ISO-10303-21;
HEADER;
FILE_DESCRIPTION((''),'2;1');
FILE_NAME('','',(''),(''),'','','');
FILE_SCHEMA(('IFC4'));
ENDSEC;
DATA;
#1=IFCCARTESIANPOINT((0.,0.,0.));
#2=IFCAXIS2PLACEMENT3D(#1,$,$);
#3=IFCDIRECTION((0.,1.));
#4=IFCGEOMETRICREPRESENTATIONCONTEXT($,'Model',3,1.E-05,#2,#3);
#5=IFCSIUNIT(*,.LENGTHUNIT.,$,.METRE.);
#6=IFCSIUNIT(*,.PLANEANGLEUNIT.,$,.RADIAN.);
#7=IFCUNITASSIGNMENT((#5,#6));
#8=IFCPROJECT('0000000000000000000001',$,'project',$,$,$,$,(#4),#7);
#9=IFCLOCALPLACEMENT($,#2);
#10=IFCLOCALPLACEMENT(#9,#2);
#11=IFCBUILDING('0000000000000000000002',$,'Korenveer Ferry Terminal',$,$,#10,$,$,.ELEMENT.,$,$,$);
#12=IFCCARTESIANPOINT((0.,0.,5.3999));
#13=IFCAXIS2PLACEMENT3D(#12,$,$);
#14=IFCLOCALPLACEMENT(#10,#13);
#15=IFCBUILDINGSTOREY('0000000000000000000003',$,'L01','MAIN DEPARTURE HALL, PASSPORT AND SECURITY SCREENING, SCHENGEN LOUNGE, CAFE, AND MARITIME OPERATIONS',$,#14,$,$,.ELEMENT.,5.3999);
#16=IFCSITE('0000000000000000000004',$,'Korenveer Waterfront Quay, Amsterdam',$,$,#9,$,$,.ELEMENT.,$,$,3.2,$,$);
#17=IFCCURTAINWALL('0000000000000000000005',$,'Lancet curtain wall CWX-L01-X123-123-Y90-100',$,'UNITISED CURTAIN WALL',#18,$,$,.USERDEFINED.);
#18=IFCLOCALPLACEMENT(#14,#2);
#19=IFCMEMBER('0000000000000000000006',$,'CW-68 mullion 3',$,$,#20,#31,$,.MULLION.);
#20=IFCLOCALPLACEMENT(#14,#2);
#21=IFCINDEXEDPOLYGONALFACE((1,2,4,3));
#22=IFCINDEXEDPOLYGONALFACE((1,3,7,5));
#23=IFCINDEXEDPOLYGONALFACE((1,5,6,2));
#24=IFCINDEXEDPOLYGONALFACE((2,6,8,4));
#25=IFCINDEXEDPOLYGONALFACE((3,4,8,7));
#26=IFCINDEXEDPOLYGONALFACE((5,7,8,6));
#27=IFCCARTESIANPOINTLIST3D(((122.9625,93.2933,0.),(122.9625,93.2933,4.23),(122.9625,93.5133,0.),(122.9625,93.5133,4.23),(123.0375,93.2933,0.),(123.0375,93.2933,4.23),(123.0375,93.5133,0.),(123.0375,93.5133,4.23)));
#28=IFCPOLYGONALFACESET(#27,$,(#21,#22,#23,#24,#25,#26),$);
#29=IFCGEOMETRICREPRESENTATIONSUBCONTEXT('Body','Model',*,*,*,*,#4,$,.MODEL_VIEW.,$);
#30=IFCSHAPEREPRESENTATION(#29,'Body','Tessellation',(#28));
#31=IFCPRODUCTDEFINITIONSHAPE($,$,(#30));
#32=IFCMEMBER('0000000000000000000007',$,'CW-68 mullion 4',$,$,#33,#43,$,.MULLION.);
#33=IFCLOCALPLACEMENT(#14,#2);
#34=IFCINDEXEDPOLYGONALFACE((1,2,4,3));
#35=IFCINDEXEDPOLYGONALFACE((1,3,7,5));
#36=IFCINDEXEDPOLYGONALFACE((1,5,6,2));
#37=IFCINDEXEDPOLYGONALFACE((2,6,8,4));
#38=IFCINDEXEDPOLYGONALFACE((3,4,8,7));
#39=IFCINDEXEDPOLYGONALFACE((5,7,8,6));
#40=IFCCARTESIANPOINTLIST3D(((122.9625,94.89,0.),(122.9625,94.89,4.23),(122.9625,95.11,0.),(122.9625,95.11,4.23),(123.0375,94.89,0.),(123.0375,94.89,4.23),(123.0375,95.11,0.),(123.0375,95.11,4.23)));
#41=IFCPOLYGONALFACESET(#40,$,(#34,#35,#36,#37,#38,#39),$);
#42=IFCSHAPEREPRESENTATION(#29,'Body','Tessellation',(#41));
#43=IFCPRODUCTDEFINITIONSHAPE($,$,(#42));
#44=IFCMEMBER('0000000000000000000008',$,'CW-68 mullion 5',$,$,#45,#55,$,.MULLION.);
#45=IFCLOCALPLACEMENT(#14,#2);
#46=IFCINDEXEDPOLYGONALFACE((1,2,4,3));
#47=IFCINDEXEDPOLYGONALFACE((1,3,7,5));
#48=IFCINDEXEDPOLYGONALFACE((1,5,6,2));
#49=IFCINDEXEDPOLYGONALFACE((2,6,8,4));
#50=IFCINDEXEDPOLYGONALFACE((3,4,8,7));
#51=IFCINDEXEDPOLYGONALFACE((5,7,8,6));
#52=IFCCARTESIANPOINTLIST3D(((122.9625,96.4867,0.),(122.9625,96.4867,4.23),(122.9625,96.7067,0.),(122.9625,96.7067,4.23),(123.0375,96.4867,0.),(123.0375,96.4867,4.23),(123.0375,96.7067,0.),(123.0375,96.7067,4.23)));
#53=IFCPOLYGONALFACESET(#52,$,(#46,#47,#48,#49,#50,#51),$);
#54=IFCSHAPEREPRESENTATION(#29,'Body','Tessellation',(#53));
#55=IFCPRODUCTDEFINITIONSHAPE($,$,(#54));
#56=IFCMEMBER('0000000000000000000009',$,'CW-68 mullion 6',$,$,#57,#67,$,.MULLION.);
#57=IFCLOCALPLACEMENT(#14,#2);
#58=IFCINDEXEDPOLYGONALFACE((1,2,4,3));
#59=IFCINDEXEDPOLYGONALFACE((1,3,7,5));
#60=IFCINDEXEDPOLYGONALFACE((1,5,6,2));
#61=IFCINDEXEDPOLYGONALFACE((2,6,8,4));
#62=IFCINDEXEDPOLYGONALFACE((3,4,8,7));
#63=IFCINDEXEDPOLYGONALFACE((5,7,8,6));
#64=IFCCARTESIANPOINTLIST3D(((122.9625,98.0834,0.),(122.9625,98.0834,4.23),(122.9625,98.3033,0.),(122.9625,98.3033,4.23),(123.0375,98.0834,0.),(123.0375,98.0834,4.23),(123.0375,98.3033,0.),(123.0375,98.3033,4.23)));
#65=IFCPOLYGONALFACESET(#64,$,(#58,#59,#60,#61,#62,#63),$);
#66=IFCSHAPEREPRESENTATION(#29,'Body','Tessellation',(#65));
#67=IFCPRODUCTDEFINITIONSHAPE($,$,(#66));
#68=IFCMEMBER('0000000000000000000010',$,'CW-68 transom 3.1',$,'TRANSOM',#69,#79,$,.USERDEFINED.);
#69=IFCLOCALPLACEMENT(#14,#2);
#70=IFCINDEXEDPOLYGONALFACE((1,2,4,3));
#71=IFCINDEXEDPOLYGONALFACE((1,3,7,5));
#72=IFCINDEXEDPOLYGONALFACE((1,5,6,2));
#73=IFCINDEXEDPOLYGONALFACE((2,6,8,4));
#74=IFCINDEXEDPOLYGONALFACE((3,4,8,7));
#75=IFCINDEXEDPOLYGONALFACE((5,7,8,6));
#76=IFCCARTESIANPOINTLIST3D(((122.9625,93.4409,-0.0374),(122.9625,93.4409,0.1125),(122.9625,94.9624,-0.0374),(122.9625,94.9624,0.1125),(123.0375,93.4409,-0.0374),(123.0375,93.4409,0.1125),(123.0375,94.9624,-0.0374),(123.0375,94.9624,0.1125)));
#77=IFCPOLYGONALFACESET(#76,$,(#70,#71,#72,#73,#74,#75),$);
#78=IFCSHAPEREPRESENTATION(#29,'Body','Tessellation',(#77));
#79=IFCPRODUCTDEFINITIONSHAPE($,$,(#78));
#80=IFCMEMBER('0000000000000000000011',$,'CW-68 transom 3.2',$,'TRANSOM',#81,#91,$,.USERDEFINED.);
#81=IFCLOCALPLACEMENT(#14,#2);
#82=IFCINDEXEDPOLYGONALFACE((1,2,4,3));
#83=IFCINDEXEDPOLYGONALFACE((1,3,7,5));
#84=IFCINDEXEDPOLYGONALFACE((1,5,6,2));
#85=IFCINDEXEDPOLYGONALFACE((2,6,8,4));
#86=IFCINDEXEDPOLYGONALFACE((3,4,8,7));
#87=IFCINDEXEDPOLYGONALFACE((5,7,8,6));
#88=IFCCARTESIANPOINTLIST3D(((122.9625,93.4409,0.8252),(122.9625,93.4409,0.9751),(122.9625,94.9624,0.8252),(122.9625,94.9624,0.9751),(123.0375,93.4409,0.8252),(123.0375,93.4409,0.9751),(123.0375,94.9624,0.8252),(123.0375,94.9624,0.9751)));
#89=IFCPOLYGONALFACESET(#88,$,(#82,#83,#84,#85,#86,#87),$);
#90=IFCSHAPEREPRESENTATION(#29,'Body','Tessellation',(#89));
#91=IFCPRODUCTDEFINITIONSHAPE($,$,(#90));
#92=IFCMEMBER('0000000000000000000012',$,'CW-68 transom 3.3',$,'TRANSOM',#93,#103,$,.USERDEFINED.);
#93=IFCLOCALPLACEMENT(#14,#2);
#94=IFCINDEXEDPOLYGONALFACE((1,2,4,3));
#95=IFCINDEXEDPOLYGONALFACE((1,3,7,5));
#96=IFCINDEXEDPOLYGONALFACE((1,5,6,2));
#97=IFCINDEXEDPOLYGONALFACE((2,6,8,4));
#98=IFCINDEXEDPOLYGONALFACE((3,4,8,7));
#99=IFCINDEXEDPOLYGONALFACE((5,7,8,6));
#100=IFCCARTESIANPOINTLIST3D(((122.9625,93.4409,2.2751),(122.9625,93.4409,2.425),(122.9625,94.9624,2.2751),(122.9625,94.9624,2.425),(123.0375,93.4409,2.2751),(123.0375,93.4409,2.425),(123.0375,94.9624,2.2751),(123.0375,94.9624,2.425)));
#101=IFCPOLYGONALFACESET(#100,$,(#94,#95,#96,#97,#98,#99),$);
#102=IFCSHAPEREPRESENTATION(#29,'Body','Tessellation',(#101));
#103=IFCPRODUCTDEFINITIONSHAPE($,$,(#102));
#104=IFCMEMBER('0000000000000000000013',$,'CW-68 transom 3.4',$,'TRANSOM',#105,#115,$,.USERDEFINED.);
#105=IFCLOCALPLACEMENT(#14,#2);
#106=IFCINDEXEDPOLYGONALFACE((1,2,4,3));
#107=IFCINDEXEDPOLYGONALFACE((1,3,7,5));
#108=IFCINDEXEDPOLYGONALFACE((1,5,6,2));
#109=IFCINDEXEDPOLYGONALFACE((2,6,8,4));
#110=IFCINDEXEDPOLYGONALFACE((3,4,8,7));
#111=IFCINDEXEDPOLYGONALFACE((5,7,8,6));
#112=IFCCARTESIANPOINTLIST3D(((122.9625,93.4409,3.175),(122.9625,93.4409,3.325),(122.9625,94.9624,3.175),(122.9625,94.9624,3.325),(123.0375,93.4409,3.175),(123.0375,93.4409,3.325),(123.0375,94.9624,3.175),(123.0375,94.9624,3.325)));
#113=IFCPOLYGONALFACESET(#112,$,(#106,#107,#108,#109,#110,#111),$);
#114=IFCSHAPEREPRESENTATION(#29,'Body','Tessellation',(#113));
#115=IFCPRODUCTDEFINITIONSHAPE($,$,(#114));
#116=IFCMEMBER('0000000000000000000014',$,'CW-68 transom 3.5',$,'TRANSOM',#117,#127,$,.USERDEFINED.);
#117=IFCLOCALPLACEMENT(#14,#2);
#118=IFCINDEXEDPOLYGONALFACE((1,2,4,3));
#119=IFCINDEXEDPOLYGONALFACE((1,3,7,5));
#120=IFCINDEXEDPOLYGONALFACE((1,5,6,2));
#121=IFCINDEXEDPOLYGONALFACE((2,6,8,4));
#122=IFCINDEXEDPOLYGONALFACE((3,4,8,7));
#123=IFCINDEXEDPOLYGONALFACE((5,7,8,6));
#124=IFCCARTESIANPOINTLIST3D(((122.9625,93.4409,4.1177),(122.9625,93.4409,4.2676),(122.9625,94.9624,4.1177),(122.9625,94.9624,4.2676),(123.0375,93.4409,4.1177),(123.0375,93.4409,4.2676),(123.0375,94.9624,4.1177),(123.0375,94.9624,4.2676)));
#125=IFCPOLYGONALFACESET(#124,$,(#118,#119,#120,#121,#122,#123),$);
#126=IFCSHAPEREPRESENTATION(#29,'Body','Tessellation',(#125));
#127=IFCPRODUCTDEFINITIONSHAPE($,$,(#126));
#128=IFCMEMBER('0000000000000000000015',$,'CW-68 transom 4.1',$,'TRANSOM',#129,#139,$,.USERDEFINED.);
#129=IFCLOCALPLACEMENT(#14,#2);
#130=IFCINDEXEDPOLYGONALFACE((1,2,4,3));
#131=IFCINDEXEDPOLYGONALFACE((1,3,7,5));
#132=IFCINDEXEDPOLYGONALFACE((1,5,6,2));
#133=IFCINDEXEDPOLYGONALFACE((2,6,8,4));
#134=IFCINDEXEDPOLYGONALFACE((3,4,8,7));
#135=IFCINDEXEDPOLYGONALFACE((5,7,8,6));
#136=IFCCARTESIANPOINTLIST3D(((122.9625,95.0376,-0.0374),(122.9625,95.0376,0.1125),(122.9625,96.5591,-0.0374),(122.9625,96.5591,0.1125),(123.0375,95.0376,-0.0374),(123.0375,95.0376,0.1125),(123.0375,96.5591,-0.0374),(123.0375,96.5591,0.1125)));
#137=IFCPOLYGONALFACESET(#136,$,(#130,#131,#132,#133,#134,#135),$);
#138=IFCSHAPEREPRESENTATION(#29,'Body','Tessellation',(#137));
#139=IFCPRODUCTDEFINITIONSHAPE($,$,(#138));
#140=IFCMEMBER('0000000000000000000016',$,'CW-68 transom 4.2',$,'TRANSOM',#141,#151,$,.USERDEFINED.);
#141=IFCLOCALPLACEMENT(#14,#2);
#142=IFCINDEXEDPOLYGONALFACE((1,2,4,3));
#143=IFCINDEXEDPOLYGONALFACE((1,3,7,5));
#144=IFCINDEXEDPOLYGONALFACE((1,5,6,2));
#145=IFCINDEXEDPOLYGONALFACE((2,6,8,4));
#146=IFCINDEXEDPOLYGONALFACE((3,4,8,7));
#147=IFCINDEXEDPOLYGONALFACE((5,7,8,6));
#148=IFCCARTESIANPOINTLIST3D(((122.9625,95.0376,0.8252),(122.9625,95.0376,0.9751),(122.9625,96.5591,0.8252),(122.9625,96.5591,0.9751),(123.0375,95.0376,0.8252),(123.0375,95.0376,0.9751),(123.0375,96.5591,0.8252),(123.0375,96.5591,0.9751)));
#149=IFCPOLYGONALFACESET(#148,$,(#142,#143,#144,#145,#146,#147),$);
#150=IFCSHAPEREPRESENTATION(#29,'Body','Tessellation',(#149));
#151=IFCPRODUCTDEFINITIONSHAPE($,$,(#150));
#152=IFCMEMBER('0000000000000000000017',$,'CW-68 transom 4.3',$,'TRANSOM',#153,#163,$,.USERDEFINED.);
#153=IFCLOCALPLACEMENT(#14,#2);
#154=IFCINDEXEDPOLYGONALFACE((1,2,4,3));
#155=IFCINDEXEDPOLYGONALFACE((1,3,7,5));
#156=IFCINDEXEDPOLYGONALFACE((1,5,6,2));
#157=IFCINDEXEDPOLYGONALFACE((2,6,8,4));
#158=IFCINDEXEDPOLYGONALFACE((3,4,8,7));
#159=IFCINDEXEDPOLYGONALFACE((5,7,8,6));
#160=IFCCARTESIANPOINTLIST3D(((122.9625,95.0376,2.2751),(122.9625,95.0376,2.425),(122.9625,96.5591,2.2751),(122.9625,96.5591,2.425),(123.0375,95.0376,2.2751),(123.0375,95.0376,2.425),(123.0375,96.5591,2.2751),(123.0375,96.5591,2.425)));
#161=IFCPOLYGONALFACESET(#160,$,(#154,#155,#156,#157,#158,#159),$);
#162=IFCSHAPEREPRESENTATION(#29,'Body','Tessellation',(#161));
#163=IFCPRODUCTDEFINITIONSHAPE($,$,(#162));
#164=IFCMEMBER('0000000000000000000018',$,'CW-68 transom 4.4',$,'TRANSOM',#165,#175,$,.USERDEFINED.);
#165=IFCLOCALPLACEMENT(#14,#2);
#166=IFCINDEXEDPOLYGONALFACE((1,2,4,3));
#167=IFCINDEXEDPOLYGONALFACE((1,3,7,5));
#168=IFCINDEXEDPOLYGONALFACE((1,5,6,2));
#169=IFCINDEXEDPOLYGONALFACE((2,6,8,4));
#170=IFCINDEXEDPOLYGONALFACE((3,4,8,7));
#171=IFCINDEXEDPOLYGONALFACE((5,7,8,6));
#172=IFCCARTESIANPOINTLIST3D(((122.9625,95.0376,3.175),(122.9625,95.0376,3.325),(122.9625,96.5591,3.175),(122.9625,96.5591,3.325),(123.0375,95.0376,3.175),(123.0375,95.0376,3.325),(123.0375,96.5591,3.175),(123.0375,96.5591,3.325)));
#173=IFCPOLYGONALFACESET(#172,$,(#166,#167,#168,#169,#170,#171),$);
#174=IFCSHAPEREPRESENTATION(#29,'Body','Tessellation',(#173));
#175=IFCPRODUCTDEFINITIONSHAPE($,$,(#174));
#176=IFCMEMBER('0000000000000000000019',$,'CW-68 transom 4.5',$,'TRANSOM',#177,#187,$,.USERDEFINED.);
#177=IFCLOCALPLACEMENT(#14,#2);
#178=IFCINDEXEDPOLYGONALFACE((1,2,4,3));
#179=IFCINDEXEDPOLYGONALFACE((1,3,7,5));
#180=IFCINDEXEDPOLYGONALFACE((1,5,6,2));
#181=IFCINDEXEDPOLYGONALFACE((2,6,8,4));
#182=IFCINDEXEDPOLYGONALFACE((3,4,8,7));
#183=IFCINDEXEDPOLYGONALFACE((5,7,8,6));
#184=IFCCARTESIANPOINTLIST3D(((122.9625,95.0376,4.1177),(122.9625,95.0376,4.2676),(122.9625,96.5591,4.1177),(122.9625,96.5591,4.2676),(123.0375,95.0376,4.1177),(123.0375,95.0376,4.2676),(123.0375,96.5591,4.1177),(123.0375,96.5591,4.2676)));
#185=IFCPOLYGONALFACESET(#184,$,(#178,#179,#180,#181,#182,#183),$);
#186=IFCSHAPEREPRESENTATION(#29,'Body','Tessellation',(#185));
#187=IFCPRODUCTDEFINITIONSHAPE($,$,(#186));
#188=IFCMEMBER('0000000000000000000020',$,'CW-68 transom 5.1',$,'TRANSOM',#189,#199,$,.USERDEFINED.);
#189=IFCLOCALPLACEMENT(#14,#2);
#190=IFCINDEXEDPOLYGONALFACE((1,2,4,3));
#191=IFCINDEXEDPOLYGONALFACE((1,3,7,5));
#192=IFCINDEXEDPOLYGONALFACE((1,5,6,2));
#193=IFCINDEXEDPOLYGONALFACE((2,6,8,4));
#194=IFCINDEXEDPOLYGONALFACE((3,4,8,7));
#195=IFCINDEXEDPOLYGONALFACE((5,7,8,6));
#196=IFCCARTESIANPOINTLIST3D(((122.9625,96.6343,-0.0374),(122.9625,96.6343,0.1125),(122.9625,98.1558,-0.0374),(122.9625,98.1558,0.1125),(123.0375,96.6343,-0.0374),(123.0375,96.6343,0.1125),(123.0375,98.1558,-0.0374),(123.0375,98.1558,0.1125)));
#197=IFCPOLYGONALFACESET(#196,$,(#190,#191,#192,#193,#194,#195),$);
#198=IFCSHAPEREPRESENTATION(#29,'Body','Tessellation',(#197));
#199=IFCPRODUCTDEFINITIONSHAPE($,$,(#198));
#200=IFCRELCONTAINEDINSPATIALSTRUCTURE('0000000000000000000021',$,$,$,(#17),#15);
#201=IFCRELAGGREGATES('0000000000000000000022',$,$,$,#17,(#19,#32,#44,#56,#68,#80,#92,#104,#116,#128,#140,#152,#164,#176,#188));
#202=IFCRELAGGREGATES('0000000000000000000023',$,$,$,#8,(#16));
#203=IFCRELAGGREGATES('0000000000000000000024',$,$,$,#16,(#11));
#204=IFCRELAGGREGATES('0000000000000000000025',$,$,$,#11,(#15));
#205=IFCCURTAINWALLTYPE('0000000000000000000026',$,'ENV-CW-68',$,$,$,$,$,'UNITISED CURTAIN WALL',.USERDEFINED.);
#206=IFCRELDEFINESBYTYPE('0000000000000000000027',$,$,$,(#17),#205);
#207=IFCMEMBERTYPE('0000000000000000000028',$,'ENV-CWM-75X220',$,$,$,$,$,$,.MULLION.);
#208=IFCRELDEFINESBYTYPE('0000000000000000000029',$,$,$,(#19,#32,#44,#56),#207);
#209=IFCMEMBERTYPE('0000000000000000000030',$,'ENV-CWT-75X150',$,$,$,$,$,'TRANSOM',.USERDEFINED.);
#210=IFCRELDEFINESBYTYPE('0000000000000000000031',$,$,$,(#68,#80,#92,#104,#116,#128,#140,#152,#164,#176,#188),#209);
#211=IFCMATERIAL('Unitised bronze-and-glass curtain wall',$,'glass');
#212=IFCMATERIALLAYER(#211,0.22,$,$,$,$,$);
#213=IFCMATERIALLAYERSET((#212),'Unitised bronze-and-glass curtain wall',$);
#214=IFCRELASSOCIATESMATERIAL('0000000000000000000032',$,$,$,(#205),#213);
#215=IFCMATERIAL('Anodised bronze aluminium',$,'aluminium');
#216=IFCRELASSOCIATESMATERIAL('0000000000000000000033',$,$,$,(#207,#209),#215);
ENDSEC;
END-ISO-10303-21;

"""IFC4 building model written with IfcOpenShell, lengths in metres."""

from ifc_helpers import new_model, si_unit, direction, frame, origin, origin_2d, place, context, subcontext, project, spatial, rectangle, extrude, material, layer, layer_set, material_profile, profile_set, type_object, element, aggregate, save


model = new_model("IFC4")

# Units and contexts
model_context = context("Model", 3, precision=1e-05, world=origin(), true_north=direction((0.0, 1.0)))
body_context = subcontext(model_context, "Body", "Model", "MODEL_VIEW")
ifc_project = project(units=[si_unit("LENGTHUNIT", "METRE"), si_unit("PLANEANGLEUNIT", "RADIAN")], contexts=[model_context])

# Site, building, storey
site_placement = place(None, origin())
site = spatial("IfcSite", under=ifc_project, at=site_placement, Name="Korenveer Waterfront Quay, Amsterdam", CompositionType="ELEMENT", RefElevation=3.2)
building_placement = place(site_placement, origin())
building = spatial("IfcBuilding", under=site, at=building_placement, Name="Korenveer Ferry Terminal", CompositionType="ELEMENT")
storey_placement = place(building_placement, frame((0.0, 0.0, 5.3999)))
storey = spatial("IfcBuildingStorey", under=building, at=storey_placement, Name="L01", Description="MAIN DEPARTURE HALL, PASSPORT AND SECURITY SCREENING, SCHENGEN LOUNGE, CAFE, AND MARITIME OPERATIONS", CompositionType="ELEMENT", Elevation=5.3999)

# Curtain wall, members
ifc_material_1 = material(Name="Unitised bronze-and-glass curtain wall", Category="glass")
ifc_layer_1 = layer(ifc_material_1, 0.22)
ifc_layer_set_1 = layer_set([ifc_layer_1], Name="Unitised bronze-and-glass curtain wall")
curtain_wall_type = type_object("IfcCurtainWallType", Name="ENV-CW-68", ElementType="UNITISED CURTAIN WALL", PredefinedType="USERDEFINED", material=ifc_layer_set_1)
curtain_wall_placement = place(storey_placement, frame((123.0, 90.21, 0.0)))
curtain_wall = element("IfcCurtainWall", 1, at=curtain_wall_placement, inside=storey, type_object=curtain_wall_type, Name="Lancet curtain wall CWX-L01-X123-123-Y90-100", ObjectType="UNITISED CURTAIN WALL", PredefinedType="USERDEFINED")
ifc_material_2 = material(Name="Anodised bronze aluminium", Category="aluminium")
ifc_material_profile_1 = material_profile(ifc_material_2, rectangle(XDim=0.075, YDim=0.22, at=origin_2d()), Name="ALU 75x220")
ifc_profile_set_1 = profile_set([ifc_material_profile_1], Name="Anodised bronze aluminium")
member_type_1 = type_object("IfcMemberType", Name="ENV-CWM-75X220", PredefinedType="MULLION", material=ifc_profile_set_1)
member_1_placement = place(storey_placement, frame((123.0, 93.4033, 0.0), z_axis=(0.0, 0.0, 1.0), x_axis=(-1.0, 0.0, 0.0)))
member_1 = element("IfcMember", 2, at=member_1_placement, type_object=member_type_1, Name="CW-68 mullion 3", PredefinedType="MULLION", context=body_context, shape_type="SweptSolid", body=[
    extrude(rectangle(XDim=0.075, YDim=0.22, at=origin_2d()), origin(), (0.0, 0.0, 1.0), 4.23),
])
member_2_placement = place(storey_placement, frame((123.0, 95.0, 0.0), z_axis=(0.0, 0.0, 1.0), x_axis=(-1.0, 0.0, 0.0)))
member_2 = element("IfcMember", 3, at=member_2_placement, type_object=member_type_1, Name="CW-68 mullion 4", PredefinedType="MULLION", context=body_context, shape_type="SweptSolid", body=[
    extrude(rectangle(XDim=0.075, YDim=0.22, at=origin_2d()), origin(), (0.0, 0.0, 1.0), 4.23),
])
member_3_placement = place(storey_placement, frame((123.0, 96.5967, 0.0), z_axis=(0.0, 0.0, 1.0), x_axis=(-1.0, 0.0, 0.0)))
member_3 = element("IfcMember", 4, at=member_3_placement, type_object=member_type_1, Name="CW-68 mullion 5", PredefinedType="MULLION", context=body_context, shape_type="SweptSolid", body=[
    extrude(rectangle(XDim=0.075, YDim=0.22, at=origin_2d()), origin(), (0.0, 0.0, 1.0), 4.23),
])
member_4_placement = place(storey_placement, frame((123.0, 98.1934, 0.0), z_axis=(0.0, 0.0, 1.0), x_axis=(-1.0, 0.0, 0.0)))
member_4 = element("IfcMember", 5, at=member_4_placement, type_object=member_type_1, Name="CW-68 mullion 6", PredefinedType="MULLION", context=body_context, shape_type="SweptSolid", body=[
    extrude(rectangle(XDim=0.075, YDim=0.22, at=origin_2d()), origin(), (0.0, 0.0, 1.0), 4.23),
])
ifc_material_profile_2 = material_profile(ifc_material_2, rectangle(XDim=0.075, YDim=0.1499, at=origin_2d()), Name="ALU 75x150")
ifc_profile_set_2 = profile_set([ifc_material_profile_2], Name="Anodised bronze aluminium")
member_type_2 = type_object("IfcMemberType", Name="ENV-CWT-75X150", ElementType="TRANSOM", PredefinedType="USERDEFINED", material=ifc_profile_set_2)
member_5_placement = place(storey_placement, frame((123.0, 93.4409, 0.0376), z_axis=(0.0, 1.0, 0.0), x_axis=(-1.0, 0.0, 0.0)))
member_5 = element("IfcMember", 6, at=member_5_placement, type_object=member_type_2, Name="CW-68 transom 3.1", ObjectType="TRANSOM", PredefinedType="USERDEFINED", context=body_context, shape_type="SweptSolid", body=[
    extrude(rectangle(XDim=0.075, YDim=0.1499, at=origin_2d()), origin(), (0.0, 0.0, 1.0), 1.5215),
])
member_6_placement = place(storey_placement, frame((123.0, 93.4409, 0.9001), z_axis=(0.0, 1.0, 0.0), x_axis=(-1.0, 0.0, 0.0)))
member_6 = element("IfcMember", 7, at=member_6_placement, type_object=member_type_2, Name="CW-68 transom 3.2", ObjectType="TRANSOM", PredefinedType="USERDEFINED", context=body_context, shape_type="SweptSolid", body=[
    extrude(rectangle(XDim=0.075, YDim=0.1499, at=origin_2d()), origin(), (0.0, 0.0, 1.0), 1.5215),
])
member_7_placement = place(storey_placement, frame((123.0, 93.4409, 2.3501), z_axis=(0.0, 1.0, 0.0), x_axis=(-1.0, 0.0, 0.0)))
member_7 = element("IfcMember", 8, at=member_7_placement, type_object=member_type_2, Name="CW-68 transom 3.3", ObjectType="TRANSOM", PredefinedType="USERDEFINED", context=body_context, shape_type="SweptSolid", body=[
    extrude(rectangle(XDim=0.075, YDim=0.1499, at=origin_2d()), origin(), (0.0, 0.0, 1.0), 1.5215),
])
member_8_placement = place(storey_placement, frame((123.0, 93.4409, 3.25), z_axis=(0.0, 1.0, 0.0), x_axis=(-1.0, 0.0, 0.0)))
member_8 = element("IfcMember", 9, at=member_8_placement, type_object=member_type_2, Name="CW-68 transom 3.4", ObjectType="TRANSOM", PredefinedType="USERDEFINED", context=body_context, shape_type="SweptSolid", body=[
    extrude(rectangle(XDim=0.075, YDim=0.1499, at=origin_2d()), origin(), (0.0, 0.0, 1.0), 1.5215),
])
member_9_placement = place(storey_placement, frame((123.0, 93.4409, 4.1926), z_axis=(0.0, 1.0, 0.0), x_axis=(-1.0, 0.0, 0.0)))
member_9 = element("IfcMember", 10, at=member_9_placement, type_object=member_type_2, Name="CW-68 transom 3.5", ObjectType="TRANSOM", PredefinedType="USERDEFINED", context=body_context, shape_type="SweptSolid", body=[
    extrude(rectangle(XDim=0.075, YDim=0.1499, at=origin_2d()), origin(), (0.0, 0.0, 1.0), 1.5215),
])
member_10_placement = place(storey_placement, frame((123.0, 95.0376, 0.0376), z_axis=(0.0, 1.0, 0.0), x_axis=(-1.0, 0.0, 0.0)))
member_10 = element("IfcMember", 11, at=member_10_placement, type_object=member_type_2, Name="CW-68 transom 4.1", ObjectType="TRANSOM", PredefinedType="USERDEFINED", context=body_context, shape_type="SweptSolid", body=[
    extrude(rectangle(XDim=0.075, YDim=0.1499, at=origin_2d()), origin(), (0.0, 0.0, 1.0), 1.5215),
])
member_11_placement = place(storey_placement, frame((123.0, 95.0376, 0.9001), z_axis=(0.0, 1.0, 0.0), x_axis=(-1.0, 0.0, 0.0)))
member_11 = element("IfcMember", 12, at=member_11_placement, type_object=member_type_2, Name="CW-68 transom 4.2", ObjectType="TRANSOM", PredefinedType="USERDEFINED", context=body_context, shape_type="SweptSolid", body=[
    extrude(rectangle(XDim=0.075, YDim=0.1499, at=origin_2d()), origin(), (0.0, 0.0, 1.0), 1.5215),
])
member_12_placement = place(storey_placement, frame((123.0, 95.0376, 2.3501), z_axis=(0.0, 1.0, 0.0), x_axis=(-1.0, 0.0, 0.0)))
member_12 = element("IfcMember", 13, at=member_12_placement, type_object=member_type_2, Name="CW-68 transom 4.3", ObjectType="TRANSOM", PredefinedType="USERDEFINED", context=body_context, shape_type="SweptSolid", body=[
    extrude(rectangle(XDim=0.075, YDim=0.1499, at=origin_2d()), origin(), (0.0, 0.0, 1.0), 1.5215),
])
member_13_placement = place(storey_placement, frame((123.0, 95.0376, 3.25), z_axis=(0.0, 1.0, 0.0), x_axis=(-1.0, 0.0, 0.0)))
member_13 = element("IfcMember", 14, at=member_13_placement, type_object=member_type_2, Name="CW-68 transom 4.4", ObjectType="TRANSOM", PredefinedType="USERDEFINED", context=body_context, shape_type="SweptSolid", body=[
    extrude(rectangle(XDim=0.075, YDim=0.1499, at=origin_2d()), origin(), (0.0, 0.0, 1.0), 1.5215),
])
member_14_placement = place(storey_placement, frame((123.0, 95.0376, 4.1926), z_axis=(0.0, 1.0, 0.0), x_axis=(-1.0, 0.0, 0.0)))
member_14 = element("IfcMember", 15, at=member_14_placement, type_object=member_type_2, Name="CW-68 transom 4.5", ObjectType="TRANSOM", PredefinedType="USERDEFINED", context=body_context, shape_type="SweptSolid", body=[
    extrude(rectangle(XDim=0.075, YDim=0.1499, at=origin_2d()), origin(), (0.0, 0.0, 1.0), 1.5215),
])
member_15_placement = place(storey_placement, frame((123.0, 96.6343, 0.0376), z_axis=(0.0, 1.0, 0.0), x_axis=(-1.0, 0.0, 0.0)))
member_15 = element("IfcMember", 16, at=member_15_placement, type_object=member_type_2, Name="CW-68 transom 5.1", ObjectType="TRANSOM", PredefinedType="USERDEFINED", context=body_context, shape_type="SweptSolid", body=[
    extrude(rectangle(XDim=0.075, YDim=0.1499, at=origin_2d()), origin(), (0.0, 0.0, 1.0), 1.5215),
])
aggregate(curtain_wall, [member_1, member_2, member_3, member_4, member_5, member_6, member_7, member_8, member_9, member_10, member_11, member_12, member_13, member_14, member_15])

save(model, "model.ifc")
